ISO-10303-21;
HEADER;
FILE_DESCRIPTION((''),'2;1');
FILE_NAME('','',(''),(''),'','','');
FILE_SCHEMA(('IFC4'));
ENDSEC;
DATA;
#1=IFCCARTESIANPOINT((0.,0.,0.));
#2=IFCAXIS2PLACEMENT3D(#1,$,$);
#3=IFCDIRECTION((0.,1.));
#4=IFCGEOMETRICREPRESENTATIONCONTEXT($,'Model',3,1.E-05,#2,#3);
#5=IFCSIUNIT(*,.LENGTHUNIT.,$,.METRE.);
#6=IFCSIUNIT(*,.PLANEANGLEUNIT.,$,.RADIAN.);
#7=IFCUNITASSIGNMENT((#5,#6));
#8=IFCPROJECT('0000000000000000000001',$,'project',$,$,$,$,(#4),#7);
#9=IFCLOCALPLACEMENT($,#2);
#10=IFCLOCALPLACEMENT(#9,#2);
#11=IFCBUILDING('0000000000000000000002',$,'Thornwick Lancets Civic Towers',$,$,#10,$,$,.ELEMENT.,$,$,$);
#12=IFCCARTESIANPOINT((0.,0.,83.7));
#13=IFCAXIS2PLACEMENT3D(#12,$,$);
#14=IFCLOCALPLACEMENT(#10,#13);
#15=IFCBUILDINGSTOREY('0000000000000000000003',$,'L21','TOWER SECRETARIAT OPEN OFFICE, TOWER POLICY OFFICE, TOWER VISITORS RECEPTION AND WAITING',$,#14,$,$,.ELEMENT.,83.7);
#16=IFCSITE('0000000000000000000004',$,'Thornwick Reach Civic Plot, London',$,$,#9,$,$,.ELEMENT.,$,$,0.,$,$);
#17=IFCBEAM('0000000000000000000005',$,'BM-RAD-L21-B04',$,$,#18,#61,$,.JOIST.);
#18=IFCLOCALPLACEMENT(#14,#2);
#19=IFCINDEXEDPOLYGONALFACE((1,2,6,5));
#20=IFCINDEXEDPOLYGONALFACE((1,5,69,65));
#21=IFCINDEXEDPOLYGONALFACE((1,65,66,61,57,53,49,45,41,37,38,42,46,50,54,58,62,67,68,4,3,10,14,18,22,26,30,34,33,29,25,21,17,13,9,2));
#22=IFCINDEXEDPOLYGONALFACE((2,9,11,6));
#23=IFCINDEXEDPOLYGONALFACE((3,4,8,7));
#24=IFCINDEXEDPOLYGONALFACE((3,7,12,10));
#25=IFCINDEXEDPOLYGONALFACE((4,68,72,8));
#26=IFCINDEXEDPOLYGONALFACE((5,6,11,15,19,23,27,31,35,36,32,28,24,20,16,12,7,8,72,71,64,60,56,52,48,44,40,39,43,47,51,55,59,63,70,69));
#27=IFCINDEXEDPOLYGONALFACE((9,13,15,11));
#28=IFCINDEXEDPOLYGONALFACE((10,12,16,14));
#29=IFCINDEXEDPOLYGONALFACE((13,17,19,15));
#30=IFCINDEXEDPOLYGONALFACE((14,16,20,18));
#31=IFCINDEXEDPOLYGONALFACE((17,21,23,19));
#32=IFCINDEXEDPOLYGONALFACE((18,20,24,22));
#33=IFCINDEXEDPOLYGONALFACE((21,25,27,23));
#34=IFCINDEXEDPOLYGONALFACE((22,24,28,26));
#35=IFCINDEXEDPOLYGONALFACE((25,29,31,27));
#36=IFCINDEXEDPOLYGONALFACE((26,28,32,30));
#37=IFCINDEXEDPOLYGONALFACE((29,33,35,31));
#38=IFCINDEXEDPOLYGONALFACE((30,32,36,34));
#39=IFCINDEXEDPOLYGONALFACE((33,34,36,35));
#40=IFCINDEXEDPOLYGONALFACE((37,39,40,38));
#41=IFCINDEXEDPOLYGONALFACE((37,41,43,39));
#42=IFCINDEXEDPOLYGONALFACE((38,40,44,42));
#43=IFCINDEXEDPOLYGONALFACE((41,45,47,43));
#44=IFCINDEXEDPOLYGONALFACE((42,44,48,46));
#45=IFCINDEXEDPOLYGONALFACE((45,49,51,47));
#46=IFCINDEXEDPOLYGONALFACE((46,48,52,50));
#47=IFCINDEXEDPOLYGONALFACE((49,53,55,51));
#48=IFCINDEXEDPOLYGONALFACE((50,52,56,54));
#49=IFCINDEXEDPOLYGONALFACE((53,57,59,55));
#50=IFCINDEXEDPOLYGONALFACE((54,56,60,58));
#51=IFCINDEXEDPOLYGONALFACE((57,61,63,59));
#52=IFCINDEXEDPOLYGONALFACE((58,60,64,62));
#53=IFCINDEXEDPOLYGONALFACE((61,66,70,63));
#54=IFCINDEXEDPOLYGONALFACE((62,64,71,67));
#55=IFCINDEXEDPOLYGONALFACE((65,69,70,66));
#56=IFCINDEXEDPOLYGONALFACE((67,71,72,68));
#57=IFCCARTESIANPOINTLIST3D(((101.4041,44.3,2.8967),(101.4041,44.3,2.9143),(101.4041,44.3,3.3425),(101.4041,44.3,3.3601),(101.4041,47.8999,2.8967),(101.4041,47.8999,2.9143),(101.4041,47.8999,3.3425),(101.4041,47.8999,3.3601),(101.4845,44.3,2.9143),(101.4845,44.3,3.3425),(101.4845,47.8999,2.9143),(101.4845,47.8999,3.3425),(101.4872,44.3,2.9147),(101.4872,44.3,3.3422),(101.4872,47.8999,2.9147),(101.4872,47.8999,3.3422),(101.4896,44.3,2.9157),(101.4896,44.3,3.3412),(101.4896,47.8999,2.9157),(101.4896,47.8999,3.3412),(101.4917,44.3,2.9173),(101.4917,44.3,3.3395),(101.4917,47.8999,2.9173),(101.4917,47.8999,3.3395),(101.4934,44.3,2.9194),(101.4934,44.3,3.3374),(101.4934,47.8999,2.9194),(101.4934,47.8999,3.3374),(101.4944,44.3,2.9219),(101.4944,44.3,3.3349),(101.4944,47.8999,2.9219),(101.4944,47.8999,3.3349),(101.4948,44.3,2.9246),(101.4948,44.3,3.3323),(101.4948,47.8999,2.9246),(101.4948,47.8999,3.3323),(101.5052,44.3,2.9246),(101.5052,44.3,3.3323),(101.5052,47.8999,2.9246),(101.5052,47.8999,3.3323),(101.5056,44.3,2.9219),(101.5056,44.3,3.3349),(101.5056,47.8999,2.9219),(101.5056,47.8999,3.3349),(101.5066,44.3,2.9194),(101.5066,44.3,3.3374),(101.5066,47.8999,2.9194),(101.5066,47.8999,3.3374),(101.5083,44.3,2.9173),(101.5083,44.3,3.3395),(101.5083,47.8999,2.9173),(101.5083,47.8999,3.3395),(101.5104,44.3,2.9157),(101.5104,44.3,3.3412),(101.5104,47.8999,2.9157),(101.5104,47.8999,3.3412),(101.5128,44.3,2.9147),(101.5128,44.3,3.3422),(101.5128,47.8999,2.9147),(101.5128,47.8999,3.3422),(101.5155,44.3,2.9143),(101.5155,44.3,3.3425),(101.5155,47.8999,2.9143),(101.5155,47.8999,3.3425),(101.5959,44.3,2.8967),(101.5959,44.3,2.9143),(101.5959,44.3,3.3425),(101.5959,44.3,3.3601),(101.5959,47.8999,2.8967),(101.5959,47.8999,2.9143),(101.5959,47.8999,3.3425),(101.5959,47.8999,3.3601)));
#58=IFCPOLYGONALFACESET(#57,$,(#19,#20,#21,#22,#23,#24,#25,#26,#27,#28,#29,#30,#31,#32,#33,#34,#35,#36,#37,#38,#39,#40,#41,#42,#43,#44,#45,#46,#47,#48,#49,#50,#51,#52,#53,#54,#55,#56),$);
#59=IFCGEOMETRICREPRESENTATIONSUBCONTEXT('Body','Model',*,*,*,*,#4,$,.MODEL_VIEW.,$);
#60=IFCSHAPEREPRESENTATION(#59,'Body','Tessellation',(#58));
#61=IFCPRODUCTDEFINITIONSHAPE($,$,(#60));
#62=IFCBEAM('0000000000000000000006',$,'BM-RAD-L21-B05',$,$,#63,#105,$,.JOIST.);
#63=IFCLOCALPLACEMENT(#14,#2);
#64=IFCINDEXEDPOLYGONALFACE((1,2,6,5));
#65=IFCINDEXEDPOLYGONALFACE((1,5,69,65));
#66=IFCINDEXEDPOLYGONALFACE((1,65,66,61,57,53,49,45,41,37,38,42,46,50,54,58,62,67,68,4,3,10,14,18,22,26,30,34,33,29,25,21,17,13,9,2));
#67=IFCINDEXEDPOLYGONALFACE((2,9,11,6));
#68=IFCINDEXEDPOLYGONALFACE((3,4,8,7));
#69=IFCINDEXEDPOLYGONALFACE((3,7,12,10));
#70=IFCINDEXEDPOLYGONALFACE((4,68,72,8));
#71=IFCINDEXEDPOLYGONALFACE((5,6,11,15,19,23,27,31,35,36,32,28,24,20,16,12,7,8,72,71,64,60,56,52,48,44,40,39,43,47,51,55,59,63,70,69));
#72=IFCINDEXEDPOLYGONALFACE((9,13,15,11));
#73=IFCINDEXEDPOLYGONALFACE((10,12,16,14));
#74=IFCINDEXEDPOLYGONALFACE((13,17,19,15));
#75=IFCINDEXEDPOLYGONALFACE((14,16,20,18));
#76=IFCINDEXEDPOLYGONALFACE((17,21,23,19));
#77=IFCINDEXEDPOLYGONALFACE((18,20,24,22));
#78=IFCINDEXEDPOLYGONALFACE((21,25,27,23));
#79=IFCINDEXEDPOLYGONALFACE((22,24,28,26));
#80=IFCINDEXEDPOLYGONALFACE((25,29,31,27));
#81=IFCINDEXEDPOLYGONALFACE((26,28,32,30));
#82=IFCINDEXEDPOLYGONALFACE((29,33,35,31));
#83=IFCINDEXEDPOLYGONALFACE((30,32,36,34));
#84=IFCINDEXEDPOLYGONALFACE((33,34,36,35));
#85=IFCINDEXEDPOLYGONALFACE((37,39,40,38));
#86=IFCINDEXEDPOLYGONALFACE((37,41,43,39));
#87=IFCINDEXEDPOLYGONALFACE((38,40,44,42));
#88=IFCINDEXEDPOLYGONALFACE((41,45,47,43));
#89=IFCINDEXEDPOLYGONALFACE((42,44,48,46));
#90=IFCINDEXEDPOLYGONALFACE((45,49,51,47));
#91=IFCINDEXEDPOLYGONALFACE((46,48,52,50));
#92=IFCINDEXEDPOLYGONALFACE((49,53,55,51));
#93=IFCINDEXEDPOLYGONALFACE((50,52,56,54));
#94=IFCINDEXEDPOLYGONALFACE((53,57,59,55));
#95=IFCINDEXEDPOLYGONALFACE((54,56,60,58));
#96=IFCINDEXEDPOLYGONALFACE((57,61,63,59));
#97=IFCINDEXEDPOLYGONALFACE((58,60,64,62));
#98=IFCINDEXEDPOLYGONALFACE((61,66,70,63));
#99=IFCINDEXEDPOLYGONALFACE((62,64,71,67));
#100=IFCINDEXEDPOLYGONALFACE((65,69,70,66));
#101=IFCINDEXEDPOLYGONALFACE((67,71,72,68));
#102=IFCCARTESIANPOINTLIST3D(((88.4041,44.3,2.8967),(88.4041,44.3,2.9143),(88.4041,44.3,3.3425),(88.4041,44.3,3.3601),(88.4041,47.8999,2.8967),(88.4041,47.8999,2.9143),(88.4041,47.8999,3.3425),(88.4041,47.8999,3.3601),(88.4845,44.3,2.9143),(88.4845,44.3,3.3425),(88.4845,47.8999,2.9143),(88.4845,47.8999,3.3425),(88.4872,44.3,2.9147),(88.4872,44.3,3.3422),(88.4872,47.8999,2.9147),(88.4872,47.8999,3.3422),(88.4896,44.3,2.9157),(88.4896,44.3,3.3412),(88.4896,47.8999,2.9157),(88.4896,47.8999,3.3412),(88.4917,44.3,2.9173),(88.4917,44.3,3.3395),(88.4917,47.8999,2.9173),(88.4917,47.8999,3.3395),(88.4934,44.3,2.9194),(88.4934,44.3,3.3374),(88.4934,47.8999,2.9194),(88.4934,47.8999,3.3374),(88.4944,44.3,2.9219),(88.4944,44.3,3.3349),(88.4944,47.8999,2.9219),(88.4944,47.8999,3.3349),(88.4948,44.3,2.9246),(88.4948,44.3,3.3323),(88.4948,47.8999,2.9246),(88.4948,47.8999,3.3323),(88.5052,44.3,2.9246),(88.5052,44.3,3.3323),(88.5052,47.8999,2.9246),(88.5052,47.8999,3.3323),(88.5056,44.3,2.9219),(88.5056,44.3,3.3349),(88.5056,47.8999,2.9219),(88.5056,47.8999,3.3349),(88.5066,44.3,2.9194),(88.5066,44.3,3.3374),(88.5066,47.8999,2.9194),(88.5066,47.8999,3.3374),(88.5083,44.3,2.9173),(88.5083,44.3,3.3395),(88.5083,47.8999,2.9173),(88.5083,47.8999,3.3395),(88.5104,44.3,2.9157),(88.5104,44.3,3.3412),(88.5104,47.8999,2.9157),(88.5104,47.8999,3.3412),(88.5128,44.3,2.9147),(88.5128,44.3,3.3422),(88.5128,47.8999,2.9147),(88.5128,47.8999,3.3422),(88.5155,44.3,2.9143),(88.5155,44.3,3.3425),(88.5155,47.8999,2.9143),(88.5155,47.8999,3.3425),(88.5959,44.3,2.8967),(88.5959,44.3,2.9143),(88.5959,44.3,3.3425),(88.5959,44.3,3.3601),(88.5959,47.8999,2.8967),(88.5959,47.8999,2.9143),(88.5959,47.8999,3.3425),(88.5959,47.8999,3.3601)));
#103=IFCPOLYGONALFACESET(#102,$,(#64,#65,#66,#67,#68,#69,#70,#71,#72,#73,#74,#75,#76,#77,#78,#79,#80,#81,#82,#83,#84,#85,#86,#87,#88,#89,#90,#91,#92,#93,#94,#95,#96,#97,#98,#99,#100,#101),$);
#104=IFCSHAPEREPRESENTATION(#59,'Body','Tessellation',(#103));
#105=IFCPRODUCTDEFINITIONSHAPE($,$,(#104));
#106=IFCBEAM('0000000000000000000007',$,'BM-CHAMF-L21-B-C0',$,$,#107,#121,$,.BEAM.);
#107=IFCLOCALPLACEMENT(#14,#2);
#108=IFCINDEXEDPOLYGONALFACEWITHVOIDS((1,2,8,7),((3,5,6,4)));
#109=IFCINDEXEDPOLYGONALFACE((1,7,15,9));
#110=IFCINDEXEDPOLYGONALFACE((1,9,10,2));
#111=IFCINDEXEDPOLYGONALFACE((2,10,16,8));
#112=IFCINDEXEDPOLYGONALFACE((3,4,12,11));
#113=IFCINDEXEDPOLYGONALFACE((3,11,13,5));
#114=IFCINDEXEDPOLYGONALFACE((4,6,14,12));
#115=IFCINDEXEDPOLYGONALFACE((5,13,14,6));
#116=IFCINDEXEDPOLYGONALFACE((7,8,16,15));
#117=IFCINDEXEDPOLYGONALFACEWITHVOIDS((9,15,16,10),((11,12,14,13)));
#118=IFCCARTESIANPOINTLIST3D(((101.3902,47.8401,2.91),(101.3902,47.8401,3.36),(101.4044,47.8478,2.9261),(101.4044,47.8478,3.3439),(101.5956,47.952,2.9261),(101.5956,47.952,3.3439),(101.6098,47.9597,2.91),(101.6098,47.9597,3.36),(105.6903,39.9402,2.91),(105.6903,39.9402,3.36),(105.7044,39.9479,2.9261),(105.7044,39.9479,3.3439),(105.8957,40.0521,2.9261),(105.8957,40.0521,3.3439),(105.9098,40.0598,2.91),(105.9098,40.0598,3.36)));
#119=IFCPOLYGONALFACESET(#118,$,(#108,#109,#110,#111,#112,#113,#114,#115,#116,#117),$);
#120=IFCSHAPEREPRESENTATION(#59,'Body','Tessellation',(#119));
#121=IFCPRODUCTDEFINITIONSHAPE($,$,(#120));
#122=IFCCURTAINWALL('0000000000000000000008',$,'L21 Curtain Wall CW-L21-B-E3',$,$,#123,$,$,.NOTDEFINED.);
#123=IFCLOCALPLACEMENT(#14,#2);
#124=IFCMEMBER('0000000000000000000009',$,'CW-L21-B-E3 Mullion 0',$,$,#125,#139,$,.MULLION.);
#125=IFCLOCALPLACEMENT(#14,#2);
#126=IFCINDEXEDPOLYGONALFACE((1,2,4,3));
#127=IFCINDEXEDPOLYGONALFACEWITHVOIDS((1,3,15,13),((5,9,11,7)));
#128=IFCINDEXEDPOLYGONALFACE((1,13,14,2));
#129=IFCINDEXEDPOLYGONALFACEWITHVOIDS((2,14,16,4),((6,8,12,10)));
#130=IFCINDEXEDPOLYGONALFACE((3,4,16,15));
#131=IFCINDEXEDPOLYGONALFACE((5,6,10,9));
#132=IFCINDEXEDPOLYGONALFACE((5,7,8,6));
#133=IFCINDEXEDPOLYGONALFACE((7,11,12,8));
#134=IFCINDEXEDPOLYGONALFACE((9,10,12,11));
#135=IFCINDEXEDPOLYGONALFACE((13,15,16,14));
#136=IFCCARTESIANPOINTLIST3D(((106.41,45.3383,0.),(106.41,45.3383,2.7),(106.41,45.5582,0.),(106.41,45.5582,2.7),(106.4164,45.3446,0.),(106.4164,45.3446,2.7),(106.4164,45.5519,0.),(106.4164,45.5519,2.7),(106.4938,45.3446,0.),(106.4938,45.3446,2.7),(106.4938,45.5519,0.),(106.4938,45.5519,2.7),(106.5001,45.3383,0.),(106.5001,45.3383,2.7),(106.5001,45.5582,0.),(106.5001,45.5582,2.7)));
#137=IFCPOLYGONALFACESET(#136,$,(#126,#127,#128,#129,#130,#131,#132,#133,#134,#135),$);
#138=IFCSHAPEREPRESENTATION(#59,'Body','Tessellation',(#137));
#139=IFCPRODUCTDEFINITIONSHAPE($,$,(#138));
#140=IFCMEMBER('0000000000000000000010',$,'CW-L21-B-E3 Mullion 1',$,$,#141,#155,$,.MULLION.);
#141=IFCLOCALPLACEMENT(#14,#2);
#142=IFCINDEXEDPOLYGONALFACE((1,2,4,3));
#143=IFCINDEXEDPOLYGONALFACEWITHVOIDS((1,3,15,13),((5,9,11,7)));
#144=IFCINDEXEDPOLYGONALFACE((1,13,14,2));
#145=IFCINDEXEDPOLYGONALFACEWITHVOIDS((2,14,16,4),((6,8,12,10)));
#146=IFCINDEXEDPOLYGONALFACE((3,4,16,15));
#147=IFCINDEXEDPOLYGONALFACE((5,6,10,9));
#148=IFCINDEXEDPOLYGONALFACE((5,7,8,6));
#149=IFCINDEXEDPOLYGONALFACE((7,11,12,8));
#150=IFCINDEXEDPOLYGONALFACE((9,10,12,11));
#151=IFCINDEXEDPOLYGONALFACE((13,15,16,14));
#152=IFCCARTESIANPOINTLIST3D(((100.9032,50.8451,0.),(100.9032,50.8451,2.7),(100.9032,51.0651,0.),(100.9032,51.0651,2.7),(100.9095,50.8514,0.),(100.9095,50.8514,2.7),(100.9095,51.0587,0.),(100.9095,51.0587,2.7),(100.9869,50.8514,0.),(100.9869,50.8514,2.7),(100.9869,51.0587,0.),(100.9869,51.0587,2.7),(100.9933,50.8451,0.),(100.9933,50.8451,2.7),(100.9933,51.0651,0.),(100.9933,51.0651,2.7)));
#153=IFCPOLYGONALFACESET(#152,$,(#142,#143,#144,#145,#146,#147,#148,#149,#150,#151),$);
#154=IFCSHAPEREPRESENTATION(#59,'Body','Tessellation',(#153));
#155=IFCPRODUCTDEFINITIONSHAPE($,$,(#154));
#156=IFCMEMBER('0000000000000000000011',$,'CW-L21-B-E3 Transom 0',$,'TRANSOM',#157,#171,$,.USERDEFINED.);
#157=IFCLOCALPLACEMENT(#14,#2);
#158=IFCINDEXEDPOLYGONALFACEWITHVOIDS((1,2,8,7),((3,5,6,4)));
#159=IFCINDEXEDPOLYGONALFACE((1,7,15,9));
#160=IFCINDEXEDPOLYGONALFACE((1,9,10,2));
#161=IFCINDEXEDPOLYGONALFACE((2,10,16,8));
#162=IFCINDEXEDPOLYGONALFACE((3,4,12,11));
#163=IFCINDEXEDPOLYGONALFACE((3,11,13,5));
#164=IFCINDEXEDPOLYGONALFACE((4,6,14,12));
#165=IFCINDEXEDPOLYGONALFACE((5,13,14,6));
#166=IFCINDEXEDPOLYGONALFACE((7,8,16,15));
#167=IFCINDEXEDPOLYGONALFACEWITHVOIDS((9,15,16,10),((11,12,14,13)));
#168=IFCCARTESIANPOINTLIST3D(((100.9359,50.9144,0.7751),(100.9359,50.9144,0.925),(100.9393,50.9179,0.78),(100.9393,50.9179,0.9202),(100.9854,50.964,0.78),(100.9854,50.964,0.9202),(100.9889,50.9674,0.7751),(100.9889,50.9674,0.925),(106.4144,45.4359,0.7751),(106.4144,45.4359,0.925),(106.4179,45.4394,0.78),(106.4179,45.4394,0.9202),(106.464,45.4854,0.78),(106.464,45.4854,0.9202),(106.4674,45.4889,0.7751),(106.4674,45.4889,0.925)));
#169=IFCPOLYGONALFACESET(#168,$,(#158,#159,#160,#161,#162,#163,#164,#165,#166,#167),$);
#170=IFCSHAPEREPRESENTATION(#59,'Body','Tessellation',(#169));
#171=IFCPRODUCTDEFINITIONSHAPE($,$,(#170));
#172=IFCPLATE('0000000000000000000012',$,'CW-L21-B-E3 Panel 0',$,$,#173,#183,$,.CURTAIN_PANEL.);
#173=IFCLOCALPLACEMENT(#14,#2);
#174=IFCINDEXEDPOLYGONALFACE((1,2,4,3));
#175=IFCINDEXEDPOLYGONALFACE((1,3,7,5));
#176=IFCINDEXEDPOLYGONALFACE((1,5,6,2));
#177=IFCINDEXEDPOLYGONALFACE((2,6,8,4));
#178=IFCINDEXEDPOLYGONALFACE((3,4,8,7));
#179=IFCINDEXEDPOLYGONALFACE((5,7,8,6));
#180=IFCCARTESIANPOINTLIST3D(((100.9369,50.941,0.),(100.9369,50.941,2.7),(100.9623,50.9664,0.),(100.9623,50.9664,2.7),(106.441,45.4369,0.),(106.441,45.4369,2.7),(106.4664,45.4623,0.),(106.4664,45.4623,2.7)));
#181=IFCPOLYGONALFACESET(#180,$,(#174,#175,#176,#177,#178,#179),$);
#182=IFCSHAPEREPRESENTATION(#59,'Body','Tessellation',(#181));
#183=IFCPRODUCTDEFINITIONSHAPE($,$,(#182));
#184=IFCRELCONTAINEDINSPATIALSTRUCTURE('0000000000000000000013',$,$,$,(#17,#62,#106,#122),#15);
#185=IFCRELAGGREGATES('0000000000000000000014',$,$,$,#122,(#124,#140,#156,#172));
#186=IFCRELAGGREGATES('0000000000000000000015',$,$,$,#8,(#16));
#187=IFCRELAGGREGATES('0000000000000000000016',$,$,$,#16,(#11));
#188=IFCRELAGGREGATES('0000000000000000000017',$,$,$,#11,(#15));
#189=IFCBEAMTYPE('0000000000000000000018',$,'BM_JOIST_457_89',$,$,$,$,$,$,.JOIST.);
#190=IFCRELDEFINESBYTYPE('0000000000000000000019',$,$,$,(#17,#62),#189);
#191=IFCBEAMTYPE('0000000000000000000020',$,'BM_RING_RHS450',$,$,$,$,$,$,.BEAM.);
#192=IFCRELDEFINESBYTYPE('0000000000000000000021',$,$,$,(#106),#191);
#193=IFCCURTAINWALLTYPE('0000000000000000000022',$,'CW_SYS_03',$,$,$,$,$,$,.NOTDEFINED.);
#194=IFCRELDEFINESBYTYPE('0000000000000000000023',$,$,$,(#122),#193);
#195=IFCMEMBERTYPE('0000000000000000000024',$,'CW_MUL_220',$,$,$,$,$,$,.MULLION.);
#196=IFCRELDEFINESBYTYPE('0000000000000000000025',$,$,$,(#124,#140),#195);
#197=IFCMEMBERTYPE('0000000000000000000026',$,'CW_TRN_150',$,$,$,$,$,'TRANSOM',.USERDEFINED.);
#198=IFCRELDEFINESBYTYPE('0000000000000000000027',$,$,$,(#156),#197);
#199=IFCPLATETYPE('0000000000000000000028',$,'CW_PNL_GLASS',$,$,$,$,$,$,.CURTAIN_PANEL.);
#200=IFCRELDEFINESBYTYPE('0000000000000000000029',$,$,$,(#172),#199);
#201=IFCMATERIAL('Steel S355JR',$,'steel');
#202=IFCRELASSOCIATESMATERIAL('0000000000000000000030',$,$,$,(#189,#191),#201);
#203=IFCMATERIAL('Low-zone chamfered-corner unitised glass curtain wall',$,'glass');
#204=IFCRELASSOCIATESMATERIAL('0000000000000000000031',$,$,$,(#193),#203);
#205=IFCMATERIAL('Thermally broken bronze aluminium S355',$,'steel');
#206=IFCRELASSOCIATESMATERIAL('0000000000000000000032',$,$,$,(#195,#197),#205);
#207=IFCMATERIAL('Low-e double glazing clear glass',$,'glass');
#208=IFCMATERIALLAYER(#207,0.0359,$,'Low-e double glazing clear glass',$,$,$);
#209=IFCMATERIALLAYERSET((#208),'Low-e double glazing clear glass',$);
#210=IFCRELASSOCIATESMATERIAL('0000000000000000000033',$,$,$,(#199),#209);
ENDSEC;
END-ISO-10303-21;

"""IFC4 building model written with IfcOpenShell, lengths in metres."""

from ifc_helpers import new_model, si_unit, direction, frame, origin, origin_2d, place, context, subcontext, project, spatial, rectangle, hollow_rectangle, i_section, extrude, material, layer, layer_set, material_profile, profile_set, type_object, element, aggregate, save


model = new_model("IFC4")

# Units and contexts
model_context = context("Model", 3, precision=1e-05, world=origin(), true_north=direction((0.0, 1.0)))
body_context = subcontext(model_context, "Body", "Model", "MODEL_VIEW")
ifc_project = project(units=[si_unit("LENGTHUNIT", "METRE"), si_unit("PLANEANGLEUNIT", "RADIAN")], contexts=[model_context])

# Site, building, storey
site_placement = place(None, origin())
site = spatial("IfcSite", under=ifc_project, at=site_placement, Name="Thornwick Reach Civic Plot, London", CompositionType="ELEMENT", RefElevation=0.0)
building_placement = place(site_placement, origin())
building = spatial("IfcBuilding", under=site, at=building_placement, Name="Thornwick Lancets Civic Towers", CompositionType="ELEMENT")
storey_placement = place(building_placement, frame((0.0, 0.0, 83.7)))
storey = spatial("IfcBuildingStorey", under=building, at=storey_placement, Name="L21", Description="TOWER SECRETARIAT OPEN OFFICE, TOWER POLICY OFFICE, TOWER VISITORS RECEPTION AND WAITING", CompositionType="ELEMENT", Elevation=83.7)

# Beams
ifc_material_1 = material(Name="Steel S355JR", Category="steel")
ifc_material_profile_1 = material_profile(ifc_material_1, i_section(OverallWidth=0.1919, OverallDepth=0.4634, WebThickness=0.0105, FlangeThickness=0.0176, FilletRadius=0.0103, at=origin_2d()), Name="UKB 457x191x89")
ifc_profile_set_1 = profile_set([ifc_material_profile_1], Name="Steel S355JR")
beam_type_1 = type_object("IfcBeamType", Name="BM_JOIST_457_89", PredefinedType="JOIST", material=ifc_profile_set_1)
for number, where, z_axis, x_axis, name in (
    (1, (101.5, 44.3, 3.1284), (0.0, 1.0, 0.0), (-1.0, 0.0, 0.0), "BM-RAD-L21-B04"),
    (2, (88.5, 44.3, 3.1284), (0.0, 1.0, 0.0), (-1.0, 0.0, 0.0), "BM-RAD-L21-B05"),
):
    element("IfcBeam", number, at=place(storey_placement, frame(where, z_axis=z_axis, x_axis=x_axis)), inside=storey, type_object=beam_type_1, Name=name, PredefinedType="JOIST", context=body_context, shape_type="SweptSolid", body=[
        extrude(i_section(OverallWidth=0.1919, OverallDepth=0.4634, WebThickness=0.0105, FlangeThickness=0.0176, FilletRadius=0.0103, at=origin_2d()), origin(), (0.0, 0.0, 1.0), 3.5999),
    ])
ifc_material_profile_2 = material_profile(ifc_material_1, hollow_rectangle(XDim=0.25, YDim=0.45, WallThickness=0.0161, at=origin_2d()), Name="RHS 450x250x16")
ifc_profile_set_2 = profile_set([ifc_material_profile_2], Name="Steel S355JR")
beam_type_2 = type_object("IfcBeamType", Name="BM_RING_RHS450", PredefinedType="BEAM", material=ifc_profile_set_2)
beam_1_placement = place(storey_placement, frame((105.8, 40.0, 3.135), z_axis=(-0.478082, 0.878315, 0.0), x_axis=(-0.878315, -0.478082, 0.0)))
element("IfcBeam", 3, at=beam_1_placement, inside=storey, type_object=beam_type_2, Name="BM-CHAMF-L21-B-C0", PredefinedType="BEAM", context=body_context, shape_type="SweptSolid", body=[
    extrude(hollow_rectangle(XDim=0.25, YDim=0.45, WallThickness=0.0161, at=origin_2d()), origin(), (0.0, 0.0, 1.0), 8.9944),
])

# Curtain wall, members, plate
ifc_material_2 = material(Name="Low-zone chamfered-corner unitised glass curtain wall", Category="glass")
curtain_wall_type = type_object("IfcCurtainWallType", Name="CW_SYS_03", PredefinedType="NOTDEFINED", material=ifc_material_2)
curtain_wall_placement = place(storey_placement, origin())
curtain_wall = element("IfcCurtainWall", 4, at=curtain_wall_placement, inside=storey, type_object=curtain_wall_type, Name="L21 Curtain Wall CW-L21-B-E3", PredefinedType="NOTDEFINED")
ifc_material_3 = material(Name="Thermally broken bronze aluminium S355", Category="steel")
ifc_material_profile_3 = material_profile(ifc_material_3, hollow_rectangle(XDim=0.0901, YDim=0.22, WallThickness=0.0063, at=origin_2d()), Name="RHS 220x90x6.3")
ifc_profile_set_3 = profile_set([ifc_material_profile_3], Name="Thermally broken bronze aluminium S355")
member_type_1 = type_object("IfcMemberType", Name="CW_MUL_220", PredefinedType="MULLION", material=ifc_profile_set_3)
member_1_placement = place(storey_placement, frame((106.4551, 45.4482, 0.0), z_axis=(0.0, 0.0, 1.0), x_axis=(1.0, 0.0, 0.0)))
member_1 = element("IfcMember", 5, at=member_1_placement, type_object=member_type_1, Name="CW-L21-B-E3 Mullion 0", PredefinedType="MULLION", context=body_context, shape_type="SweptSolid", body=[
    extrude(hollow_rectangle(XDim=0.0901, YDim=0.22, WallThickness=0.0063, at=origin_2d()), origin(), (0.0, 0.0, 1.0), 2.7),
])
member_2_placement = place(storey_placement, frame((100.9482, 50.9551, 0.0), z_axis=(0.0, 0.0, 1.0), x_axis=(1.0, 0.0, 0.0)))
member_2 = element("IfcMember", 6, at=member_2_placement, type_object=member_type_1, Name="CW-L21-B-E3 Mullion 1", PredefinedType="MULLION", context=body_context, shape_type="SweptSolid", body=[
    extrude(hollow_rectangle(XDim=0.0901, YDim=0.22, WallThickness=0.0063, at=origin_2d()), origin(), (0.0, 0.0, 1.0), 2.7),
])
ifc_material_profile_4 = material_profile(ifc_material_3, hollow_rectangle(XDim=0.075, YDim=0.1499, WallThickness=0.0049, at=origin_2d()), Name="RHS 150x75x5")
ifc_profile_set_4 = profile_set([ifc_material_profile_4], Name="Thermally broken bronze aluminium S355")
member_type_2 = type_object("IfcMemberType", Name="CW_TRN_150", ElementType="TRANSOM", PredefinedType="USERDEFINED", material=ifc_profile_set_4)
member_3_placement = place(storey_placement, frame((106.4409, 45.4624, 0.8501), z_axis=(-0.707107, 0.707107, 0.0), x_axis=(-0.707107, -0.707107, 0.0)))
member_3 = element("IfcMember", 7, at=member_3_placement, type_object=member_type_2, Name="CW-L21-B-E3 Transom 0", ObjectType="TRANSOM", PredefinedType="USERDEFINED", context=body_context, shape_type="SweptSolid", body=[
    extrude(hollow_rectangle(XDim=0.075, YDim=0.1499, WallThickness=0.0049, at=origin_2d()), origin(), (0.0, 0.0, 1.0), 7.7478),
])
ifc_material_4 = material(Name="Low-e double glazing clear glass", Category="glass")
ifc_layer_1 = layer(ifc_material_4, 0.0359, Name="Low-e double glazing clear glass")
ifc_layer_set_1 = layer_set([ifc_layer_1], Name="Low-e double glazing clear glass")
plate_type = type_object("IfcPlateType", Name="CW_PNL_GLASS", PredefinedType="CURTAIN_PANEL", material=ifc_layer_set_1)
plate_placement = place(storey_placement, frame((103.7017, 48.2017, 0.0), z_axis=(0.0, 0.0, 1.0), x_axis=(-0.707107, 0.707107, 0.0)))
plate = element("IfcPlate", 8, at=plate_placement, type_object=plate_type, Name="CW-L21-B-E3 Panel 0", PredefinedType="CURTAIN_PANEL", context=body_context, shape_type="SweptSolid", body=[
    extrude(rectangle(XDim=7.7839, YDim=0.0359, at=origin_2d()), origin(), (0.0, 0.0, 1.0), 2.7),
])
aggregate(curtain_wall, [member_1, member_2, member_3, plate])

save(model, "model.ifc")
